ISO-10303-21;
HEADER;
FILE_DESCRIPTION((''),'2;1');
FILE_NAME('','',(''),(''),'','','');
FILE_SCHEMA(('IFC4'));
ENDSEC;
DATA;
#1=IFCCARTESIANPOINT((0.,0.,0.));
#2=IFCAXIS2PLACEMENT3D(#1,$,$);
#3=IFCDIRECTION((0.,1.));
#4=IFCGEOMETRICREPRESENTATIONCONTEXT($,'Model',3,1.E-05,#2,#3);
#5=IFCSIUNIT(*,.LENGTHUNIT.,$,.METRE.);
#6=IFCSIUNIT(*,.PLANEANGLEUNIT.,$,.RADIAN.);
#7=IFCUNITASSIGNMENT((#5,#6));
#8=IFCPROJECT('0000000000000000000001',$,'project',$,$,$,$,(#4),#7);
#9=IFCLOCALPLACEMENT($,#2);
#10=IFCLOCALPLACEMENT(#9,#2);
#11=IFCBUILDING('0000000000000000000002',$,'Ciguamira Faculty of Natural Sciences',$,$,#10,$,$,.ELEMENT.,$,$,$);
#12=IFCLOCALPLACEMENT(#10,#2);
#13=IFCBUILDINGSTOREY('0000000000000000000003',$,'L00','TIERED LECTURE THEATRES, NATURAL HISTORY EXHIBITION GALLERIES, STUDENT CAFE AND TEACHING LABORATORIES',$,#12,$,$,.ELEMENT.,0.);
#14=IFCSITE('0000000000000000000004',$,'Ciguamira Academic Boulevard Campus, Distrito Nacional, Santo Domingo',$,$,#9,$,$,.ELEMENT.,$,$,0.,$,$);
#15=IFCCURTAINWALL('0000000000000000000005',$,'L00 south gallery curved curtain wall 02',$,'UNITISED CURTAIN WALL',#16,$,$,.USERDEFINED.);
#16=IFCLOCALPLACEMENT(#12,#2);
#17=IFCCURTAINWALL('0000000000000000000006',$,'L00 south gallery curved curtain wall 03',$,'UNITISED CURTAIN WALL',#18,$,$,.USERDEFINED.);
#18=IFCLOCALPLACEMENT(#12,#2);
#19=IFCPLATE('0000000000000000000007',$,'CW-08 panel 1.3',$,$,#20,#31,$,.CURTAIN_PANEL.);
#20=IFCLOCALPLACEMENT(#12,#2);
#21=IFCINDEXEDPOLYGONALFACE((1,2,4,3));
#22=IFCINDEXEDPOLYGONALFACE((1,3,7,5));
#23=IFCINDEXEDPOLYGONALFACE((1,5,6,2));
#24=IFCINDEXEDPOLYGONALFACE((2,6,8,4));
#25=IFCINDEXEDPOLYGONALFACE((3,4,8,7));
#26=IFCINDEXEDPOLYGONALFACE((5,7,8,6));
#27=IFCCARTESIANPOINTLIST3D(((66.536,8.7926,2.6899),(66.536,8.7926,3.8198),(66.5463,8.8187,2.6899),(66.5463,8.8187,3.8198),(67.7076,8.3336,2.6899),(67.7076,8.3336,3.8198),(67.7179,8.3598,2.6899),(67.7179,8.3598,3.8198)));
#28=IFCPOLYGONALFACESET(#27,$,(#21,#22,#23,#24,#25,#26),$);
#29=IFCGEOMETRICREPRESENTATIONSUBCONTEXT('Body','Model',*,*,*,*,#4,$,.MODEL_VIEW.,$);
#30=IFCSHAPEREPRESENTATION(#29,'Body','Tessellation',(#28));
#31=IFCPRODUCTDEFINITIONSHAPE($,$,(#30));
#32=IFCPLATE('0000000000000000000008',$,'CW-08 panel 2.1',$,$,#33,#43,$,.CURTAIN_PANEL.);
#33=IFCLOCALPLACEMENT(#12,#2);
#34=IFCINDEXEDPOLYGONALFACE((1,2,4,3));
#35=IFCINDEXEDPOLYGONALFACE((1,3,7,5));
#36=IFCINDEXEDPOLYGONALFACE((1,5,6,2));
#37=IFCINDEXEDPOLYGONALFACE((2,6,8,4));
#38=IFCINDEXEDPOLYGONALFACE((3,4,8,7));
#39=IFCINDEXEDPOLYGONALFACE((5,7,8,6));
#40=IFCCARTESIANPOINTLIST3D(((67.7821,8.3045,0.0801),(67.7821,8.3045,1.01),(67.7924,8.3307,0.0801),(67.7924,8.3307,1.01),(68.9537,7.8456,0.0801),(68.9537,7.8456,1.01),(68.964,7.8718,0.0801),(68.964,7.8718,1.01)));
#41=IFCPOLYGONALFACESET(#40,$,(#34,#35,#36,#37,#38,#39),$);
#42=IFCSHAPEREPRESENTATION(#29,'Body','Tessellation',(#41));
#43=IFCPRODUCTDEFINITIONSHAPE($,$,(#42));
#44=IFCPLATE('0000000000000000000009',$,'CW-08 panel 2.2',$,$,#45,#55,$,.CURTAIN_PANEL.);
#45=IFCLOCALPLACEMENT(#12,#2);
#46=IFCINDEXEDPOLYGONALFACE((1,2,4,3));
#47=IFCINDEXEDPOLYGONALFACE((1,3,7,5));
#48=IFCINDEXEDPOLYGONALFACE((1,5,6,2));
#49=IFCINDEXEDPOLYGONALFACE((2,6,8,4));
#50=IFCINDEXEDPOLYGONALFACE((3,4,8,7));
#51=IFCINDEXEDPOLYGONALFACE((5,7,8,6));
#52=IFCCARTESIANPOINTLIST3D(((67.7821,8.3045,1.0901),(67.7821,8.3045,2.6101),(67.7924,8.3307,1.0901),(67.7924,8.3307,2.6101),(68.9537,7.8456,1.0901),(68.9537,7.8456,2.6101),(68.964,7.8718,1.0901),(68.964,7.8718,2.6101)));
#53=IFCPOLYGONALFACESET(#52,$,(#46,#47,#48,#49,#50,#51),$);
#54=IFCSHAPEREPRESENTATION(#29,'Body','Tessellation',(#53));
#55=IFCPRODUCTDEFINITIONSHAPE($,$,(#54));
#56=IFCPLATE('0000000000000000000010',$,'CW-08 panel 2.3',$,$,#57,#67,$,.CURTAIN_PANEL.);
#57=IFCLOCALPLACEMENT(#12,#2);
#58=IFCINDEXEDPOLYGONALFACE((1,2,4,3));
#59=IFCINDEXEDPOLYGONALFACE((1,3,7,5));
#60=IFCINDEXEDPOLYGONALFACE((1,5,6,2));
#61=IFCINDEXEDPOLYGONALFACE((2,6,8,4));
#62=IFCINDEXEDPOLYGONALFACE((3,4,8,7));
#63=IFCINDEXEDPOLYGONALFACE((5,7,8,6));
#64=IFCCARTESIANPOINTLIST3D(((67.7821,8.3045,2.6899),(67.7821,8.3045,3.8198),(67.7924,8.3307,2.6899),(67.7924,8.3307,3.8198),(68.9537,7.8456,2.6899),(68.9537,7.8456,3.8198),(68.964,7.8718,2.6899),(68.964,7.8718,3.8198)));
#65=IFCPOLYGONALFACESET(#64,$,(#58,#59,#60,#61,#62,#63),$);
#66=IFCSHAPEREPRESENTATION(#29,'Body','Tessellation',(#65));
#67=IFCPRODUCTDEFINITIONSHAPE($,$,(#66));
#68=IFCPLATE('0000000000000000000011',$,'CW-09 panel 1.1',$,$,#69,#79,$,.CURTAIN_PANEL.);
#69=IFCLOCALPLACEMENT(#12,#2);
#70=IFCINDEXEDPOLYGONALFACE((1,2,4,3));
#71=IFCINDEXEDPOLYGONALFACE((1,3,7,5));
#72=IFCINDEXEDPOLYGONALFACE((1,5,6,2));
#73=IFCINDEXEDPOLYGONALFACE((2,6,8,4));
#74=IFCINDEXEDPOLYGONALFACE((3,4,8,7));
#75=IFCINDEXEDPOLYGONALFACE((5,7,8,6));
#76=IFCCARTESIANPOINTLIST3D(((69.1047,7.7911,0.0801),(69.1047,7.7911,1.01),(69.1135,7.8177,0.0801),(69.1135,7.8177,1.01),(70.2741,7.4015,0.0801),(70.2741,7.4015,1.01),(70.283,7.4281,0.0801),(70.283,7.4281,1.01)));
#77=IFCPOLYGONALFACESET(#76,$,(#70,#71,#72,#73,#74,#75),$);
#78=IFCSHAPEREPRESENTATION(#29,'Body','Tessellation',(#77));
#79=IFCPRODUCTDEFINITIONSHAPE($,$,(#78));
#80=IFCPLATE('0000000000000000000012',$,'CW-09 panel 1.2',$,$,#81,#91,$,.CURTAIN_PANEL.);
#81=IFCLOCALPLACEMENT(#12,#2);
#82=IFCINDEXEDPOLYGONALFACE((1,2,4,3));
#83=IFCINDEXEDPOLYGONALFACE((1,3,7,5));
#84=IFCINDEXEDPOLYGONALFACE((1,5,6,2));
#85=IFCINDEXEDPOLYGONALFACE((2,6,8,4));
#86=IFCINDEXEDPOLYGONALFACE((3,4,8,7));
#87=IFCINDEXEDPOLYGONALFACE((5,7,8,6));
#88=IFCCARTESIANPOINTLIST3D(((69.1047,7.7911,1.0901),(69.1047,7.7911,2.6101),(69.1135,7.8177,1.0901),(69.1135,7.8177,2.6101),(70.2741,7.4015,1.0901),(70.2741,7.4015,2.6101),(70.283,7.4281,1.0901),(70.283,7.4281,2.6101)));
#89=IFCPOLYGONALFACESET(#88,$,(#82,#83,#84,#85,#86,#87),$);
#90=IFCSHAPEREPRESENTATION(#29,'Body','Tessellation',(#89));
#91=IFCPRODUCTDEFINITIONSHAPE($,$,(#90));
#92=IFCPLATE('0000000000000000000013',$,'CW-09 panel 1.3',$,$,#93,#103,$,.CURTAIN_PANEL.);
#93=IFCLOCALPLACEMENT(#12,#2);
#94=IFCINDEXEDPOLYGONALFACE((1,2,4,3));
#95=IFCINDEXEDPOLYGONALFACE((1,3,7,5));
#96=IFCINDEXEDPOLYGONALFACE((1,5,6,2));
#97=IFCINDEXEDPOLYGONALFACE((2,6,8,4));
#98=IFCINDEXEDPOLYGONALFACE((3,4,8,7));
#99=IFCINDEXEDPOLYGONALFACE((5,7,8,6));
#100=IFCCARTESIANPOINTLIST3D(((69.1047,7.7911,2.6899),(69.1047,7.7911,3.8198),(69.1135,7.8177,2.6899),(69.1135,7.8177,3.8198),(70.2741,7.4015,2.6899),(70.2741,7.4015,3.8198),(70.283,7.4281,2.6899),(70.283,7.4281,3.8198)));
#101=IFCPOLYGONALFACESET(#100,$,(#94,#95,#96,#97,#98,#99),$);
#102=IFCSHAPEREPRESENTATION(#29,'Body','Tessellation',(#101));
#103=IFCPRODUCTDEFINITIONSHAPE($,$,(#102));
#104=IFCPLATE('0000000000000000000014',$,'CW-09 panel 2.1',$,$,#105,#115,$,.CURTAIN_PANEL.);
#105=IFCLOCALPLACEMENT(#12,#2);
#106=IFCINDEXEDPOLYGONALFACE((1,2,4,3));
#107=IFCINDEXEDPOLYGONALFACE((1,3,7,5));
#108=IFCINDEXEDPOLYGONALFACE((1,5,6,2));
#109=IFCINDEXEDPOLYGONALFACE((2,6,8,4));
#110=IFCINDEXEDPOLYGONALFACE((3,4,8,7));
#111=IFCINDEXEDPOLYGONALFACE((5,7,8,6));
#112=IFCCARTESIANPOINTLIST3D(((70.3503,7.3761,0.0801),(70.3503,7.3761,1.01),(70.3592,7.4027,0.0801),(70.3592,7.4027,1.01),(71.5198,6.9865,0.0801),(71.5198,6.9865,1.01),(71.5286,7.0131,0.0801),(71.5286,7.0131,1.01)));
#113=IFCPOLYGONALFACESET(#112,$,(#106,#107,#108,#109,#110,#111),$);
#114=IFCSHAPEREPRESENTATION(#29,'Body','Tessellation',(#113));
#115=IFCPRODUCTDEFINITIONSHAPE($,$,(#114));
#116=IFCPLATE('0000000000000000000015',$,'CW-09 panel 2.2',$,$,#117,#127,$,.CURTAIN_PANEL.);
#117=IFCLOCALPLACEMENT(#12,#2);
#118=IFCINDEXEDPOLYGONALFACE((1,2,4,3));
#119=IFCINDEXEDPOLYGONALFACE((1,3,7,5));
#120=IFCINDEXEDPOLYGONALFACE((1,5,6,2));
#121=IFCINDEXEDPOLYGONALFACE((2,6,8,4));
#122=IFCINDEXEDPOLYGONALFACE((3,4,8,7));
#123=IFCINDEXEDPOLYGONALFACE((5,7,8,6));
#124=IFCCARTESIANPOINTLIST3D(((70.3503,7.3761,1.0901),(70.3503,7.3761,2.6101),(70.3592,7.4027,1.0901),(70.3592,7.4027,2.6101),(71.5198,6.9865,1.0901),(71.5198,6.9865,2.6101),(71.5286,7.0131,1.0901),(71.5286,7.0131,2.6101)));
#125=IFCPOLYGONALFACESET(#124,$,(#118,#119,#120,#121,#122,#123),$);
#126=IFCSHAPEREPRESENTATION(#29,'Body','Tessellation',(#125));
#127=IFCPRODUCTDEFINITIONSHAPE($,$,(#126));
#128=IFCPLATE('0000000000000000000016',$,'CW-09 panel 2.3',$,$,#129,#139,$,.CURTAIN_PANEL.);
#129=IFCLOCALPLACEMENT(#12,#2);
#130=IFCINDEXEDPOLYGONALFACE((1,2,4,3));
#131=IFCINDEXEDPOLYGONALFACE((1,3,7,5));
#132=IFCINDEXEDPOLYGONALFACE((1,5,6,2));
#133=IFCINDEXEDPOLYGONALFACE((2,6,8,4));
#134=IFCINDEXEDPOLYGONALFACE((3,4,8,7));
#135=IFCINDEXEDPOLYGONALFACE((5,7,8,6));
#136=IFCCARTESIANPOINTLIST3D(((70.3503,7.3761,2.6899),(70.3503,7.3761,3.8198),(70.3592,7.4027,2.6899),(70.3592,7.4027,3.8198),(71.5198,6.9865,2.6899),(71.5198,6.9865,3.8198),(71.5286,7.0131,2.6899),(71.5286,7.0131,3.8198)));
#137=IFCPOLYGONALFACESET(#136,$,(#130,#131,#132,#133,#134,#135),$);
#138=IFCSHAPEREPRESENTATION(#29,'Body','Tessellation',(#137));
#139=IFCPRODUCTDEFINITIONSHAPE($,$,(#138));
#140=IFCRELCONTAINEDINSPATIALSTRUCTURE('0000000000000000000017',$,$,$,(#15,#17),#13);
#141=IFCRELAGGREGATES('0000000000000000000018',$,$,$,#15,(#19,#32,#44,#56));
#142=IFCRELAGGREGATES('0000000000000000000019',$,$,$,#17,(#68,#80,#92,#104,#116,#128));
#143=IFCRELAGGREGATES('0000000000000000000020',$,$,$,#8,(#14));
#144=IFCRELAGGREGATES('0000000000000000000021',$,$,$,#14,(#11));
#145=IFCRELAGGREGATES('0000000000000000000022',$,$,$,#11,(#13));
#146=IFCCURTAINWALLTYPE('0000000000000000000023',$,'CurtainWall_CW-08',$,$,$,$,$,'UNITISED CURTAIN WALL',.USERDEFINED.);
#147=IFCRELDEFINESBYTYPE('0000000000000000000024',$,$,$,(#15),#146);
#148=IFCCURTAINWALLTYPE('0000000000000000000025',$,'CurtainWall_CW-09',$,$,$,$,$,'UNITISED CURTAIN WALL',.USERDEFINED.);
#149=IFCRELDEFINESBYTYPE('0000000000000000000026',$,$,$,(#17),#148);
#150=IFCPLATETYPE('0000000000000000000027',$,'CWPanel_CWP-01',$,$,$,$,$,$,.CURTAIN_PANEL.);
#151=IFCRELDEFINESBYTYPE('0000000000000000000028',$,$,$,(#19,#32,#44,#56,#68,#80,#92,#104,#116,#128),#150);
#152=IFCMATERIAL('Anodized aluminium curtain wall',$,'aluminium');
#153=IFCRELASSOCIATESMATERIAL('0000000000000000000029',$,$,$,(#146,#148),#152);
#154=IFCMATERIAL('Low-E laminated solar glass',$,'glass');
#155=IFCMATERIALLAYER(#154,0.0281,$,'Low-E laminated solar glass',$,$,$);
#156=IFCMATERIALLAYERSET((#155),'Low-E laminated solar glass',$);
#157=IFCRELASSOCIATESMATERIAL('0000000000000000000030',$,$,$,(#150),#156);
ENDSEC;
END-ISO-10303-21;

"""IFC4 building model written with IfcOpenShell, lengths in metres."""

from ifc_helpers import new_model, si_unit, direction, frame, origin, origin_2d, place, context, subcontext, project, spatial, rectangle, extrude, material, layer, layer_set, type_object, element, aggregate, save


model = new_model("IFC4")

# Units and contexts
model_context = context("Model", 3, precision=1e-05, world=origin(), true_north=direction((0.0, 1.0)))
body_context = subcontext(model_context, "Body", "Model", "MODEL_VIEW")
ifc_project = project(units=[si_unit("LENGTHUNIT", "METRE"), si_unit("PLANEANGLEUNIT", "RADIAN")], contexts=[model_context])

# Site, building, storey
site_placement = place(None, origin())
site = spatial("IfcSite", under=ifc_project, at=site_placement, Name="Ciguamira Academic Boulevard Campus, Distrito Nacional, Santo Domingo", CompositionType="ELEMENT", RefElevation=0.0)
building_placement = place(site_placement, origin())
building = spatial("IfcBuilding", under=site, at=building_placement, Name="Ciguamira Faculty of Natural Sciences", CompositionType="ELEMENT")
storey_placement = place(building_placement, origin())
storey = spatial("IfcBuildingStorey", under=building, at=storey_placement, Name="L00", Description="TIERED LECTURE THEATRES, NATURAL HISTORY EXHIBITION GALLERIES, STUDENT CAFE AND TEACHING LABORATORIES", CompositionType="ELEMENT", Elevation=0.0)

# Shared definitions
ifc_material_1 = material(Name="Anodized aluminium curtain wall", Category="aluminium")

# Curtain walls
curtain_wall_type_1 = type_object("IfcCurtainWallType", Name="CurtainWall_CW-08", ElementType="UNITISED CURTAIN WALL", PredefinedType="USERDEFINED", material=ifc_material_1)
curtain_wall_1_placement = place(storey_placement, origin())
curtain_wall_1 = element("IfcCurtainWall", 1, at=curtain_wall_1_placement, inside=storey, type_object=curtain_wall_type_1, Name="L00 south gallery curved curtain wall 02", ObjectType="UNITISED CURTAIN WALL", PredefinedType="USERDEFINED")
curtain_wall_type_2 = type_object("IfcCurtainWallType", Name="CurtainWall_CW-09", ElementType="UNITISED CURTAIN WALL", PredefinedType="USERDEFINED", material=ifc_material_1)
curtain_wall_2_placement = place(storey_placement, origin())
curtain_wall_2 = element("IfcCurtainWall", 2, at=curtain_wall_2_placement, inside=storey, type_object=curtain_wall_type_2, Name="L00 south gallery curved curtain wall 03", ObjectType="UNITISED CURTAIN WALL", PredefinedType="USERDEFINED")

# Plates
ifc_material_2 = material(Name="Low-E laminated solar glass", Category="glass")
ifc_layer = layer(ifc_material_2, 0.0281, Name="Low-E laminated solar glass")
ifc_layer_set = layer_set([ifc_layer], Name="Low-E laminated solar glass")
plate_type = type_object("IfcPlateType", Name="CWPanel_CWP-01", PredefinedType="CURTAIN_PANEL", material=ifc_layer_set)
plate_1_placement = place(storey_placement, frame((67.127, 8.5762, 2.6899), z_axis=(0.0, 0.0, 1.0), x_axis=(0.931122, -0.364707, 0.0)))
plate_1 = element("IfcPlate", 3, at=plate_1_placement, type_object=plate_type, Name="CW-08 panel 1.3", PredefinedType="CURTAIN_PANEL", context=body_context, shape_type="SweptSolid", body=[
    extrude(rectangle(XDim=1.2583, YDim=0.0281, at=origin_2d()), origin(), (0.0, 0.0, 1.0), 1.1299),
])
plate_2_placement = place(storey_placement, frame((68.373, 8.0881, 0.0801), z_axis=(0.0, 0.0, 1.0), x_axis=(0.931122, -0.364707, 0.0)))
plate_2 = element("IfcPlate", 4, at=plate_2_placement, type_object=plate_type, Name="CW-08 panel 2.1", PredefinedType="CURTAIN_PANEL", context=body_context, shape_type="SweptSolid", body=[
    extrude(rectangle(XDim=1.2583, YDim=0.0281, at=origin_2d()), origin(), (0.0, 0.0, 1.0), 0.9299),
])
plate_3_placement = place(storey_placement, frame((68.373, 8.0881, 1.0901), z_axis=(0.0, 0.0, 1.0), x_axis=(0.931122, -0.364707, 0.0)))
plate_3 = element("IfcPlate", 5, at=plate_3_placement, type_object=plate_type, Name="CW-08 panel 2.2", PredefinedType="CURTAIN_PANEL", context=body_context, shape_type="SweptSolid", body=[
    extrude(rectangle(XDim=1.2583, YDim=0.0281, at=origin_2d()), origin(), (0.0, 0.0, 1.0), 1.52),
])
plate_4_placement = place(storey_placement, frame((68.373, 8.0881, 2.6899), z_axis=(0.0, 0.0, 1.0), x_axis=(0.931122, -0.364707, 0.0)))
plate_4 = element("IfcPlate", 6, at=plate_4_placement, type_object=plate_type, Name="CW-08 panel 2.3", PredefinedType="CURTAIN_PANEL", context=body_context, shape_type="SweptSolid", body=[
    extrude(rectangle(XDim=1.2583, YDim=0.0281, at=origin_2d()), origin(), (0.0, 0.0, 1.0), 1.1299),
])
aggregate(curtain_wall_1, [plate_1, plate_2, plate_3, plate_4])
plate_5_placement = place(storey_placement, frame((69.6938, 7.6096, 0.0801), z_axis=(0.0, 0.0, 1.0), x_axis=(0.948735, -0.316073, 0.0)))
plate_5 = element("IfcPlate", 7, at=plate_5_placement, type_object=plate_type, Name="CW-09 panel 1.1", PredefinedType="CURTAIN_PANEL", context=body_context, shape_type="SweptSolid", body=[
    extrude(rectangle(XDim=1.2327, YDim=0.0281, at=origin_2d()), origin(), (0.0, 0.0, 1.0), 0.9299),
])
plate_6_placement = place(storey_placement, frame((69.6938, 7.6096, 1.0901), z_axis=(0.0, 0.0, 1.0), x_axis=(0.948735, -0.316073, 0.0)))
plate_6 = element("IfcPlate", 8, at=plate_6_placement, type_object=plate_type, Name="CW-09 panel 1.2", PredefinedType="CURTAIN_PANEL", context=body_context, shape_type="SweptSolid", body=[
    extrude(rectangle(XDim=1.2327, YDim=0.0281, at=origin_2d()), origin(), (0.0, 0.0, 1.0), 1.52),
])
plate_7_placement = place(storey_placement, frame((69.6938, 7.6096, 2.6899), z_axis=(0.0, 0.0, 1.0), x_axis=(0.948735, -0.316073, 0.0)))
plate_7 = element("IfcPlate", 9, at=plate_7_placement, type_object=plate_type, Name="CW-09 panel 1.3", PredefinedType="CURTAIN_PANEL", context=body_context, shape_type="SweptSolid", body=[
    extrude(rectangle(XDim=1.2327, YDim=0.0281, at=origin_2d()), origin(), (0.0, 0.0, 1.0), 1.1299),
])
plate_8_placement = place(storey_placement, frame((70.9395, 7.1946, 0.0801), z_axis=(0.0, 0.0, 1.0), x_axis=(0.948735, -0.316073, 0.0)))
plate_8 = element("IfcPlate", 10, at=plate_8_placement, type_object=plate_type, Name="CW-09 panel 2.1", PredefinedType="CURTAIN_PANEL", context=body_context, shape_type="SweptSolid", body=[
    extrude(rectangle(XDim=1.2327, YDim=0.0281, at=origin_2d()), origin(), (0.0, 0.0, 1.0), 0.9299),
])
plate_9_placement = place(storey_placement, frame((70.9395, 7.1946, 1.0901), z_axis=(0.0, 0.0, 1.0), x_axis=(0.948735, -0.316073, 0.0)))
plate_9 = element("IfcPlate", 11, at=plate_9_placement, type_object=plate_type, Name="CW-09 panel 2.2", PredefinedType="CURTAIN_PANEL", context=body_context, shape_type="SweptSolid", body=[
    extrude(rectangle(XDim=1.2327, YDim=0.0281, at=origin_2d()), origin(), (0.0, 0.0, 1.0), 1.52),
])
plate_10_placement = place(storey_placement, frame((70.9395, 7.1946, 2.6899), z_axis=(0.0, 0.0, 1.0), x_axis=(0.948735, -0.316073, 0.0)))
plate_10 = element("IfcPlate", 12, at=plate_10_placement, type_object=plate_type, Name="CW-09 panel 2.3", PredefinedType="CURTAIN_PANEL", context=body_context, shape_type="SweptSolid", body=[
    extrude(rectangle(XDim=1.2327, YDim=0.0281, at=origin_2d()), origin(), (0.0, 0.0, 1.0), 1.1299),
])
aggregate(curtain_wall_2, [plate_5, plate_6, plate_7, plate_8, plate_9, plate_10])

save(model, "model.ifc")
